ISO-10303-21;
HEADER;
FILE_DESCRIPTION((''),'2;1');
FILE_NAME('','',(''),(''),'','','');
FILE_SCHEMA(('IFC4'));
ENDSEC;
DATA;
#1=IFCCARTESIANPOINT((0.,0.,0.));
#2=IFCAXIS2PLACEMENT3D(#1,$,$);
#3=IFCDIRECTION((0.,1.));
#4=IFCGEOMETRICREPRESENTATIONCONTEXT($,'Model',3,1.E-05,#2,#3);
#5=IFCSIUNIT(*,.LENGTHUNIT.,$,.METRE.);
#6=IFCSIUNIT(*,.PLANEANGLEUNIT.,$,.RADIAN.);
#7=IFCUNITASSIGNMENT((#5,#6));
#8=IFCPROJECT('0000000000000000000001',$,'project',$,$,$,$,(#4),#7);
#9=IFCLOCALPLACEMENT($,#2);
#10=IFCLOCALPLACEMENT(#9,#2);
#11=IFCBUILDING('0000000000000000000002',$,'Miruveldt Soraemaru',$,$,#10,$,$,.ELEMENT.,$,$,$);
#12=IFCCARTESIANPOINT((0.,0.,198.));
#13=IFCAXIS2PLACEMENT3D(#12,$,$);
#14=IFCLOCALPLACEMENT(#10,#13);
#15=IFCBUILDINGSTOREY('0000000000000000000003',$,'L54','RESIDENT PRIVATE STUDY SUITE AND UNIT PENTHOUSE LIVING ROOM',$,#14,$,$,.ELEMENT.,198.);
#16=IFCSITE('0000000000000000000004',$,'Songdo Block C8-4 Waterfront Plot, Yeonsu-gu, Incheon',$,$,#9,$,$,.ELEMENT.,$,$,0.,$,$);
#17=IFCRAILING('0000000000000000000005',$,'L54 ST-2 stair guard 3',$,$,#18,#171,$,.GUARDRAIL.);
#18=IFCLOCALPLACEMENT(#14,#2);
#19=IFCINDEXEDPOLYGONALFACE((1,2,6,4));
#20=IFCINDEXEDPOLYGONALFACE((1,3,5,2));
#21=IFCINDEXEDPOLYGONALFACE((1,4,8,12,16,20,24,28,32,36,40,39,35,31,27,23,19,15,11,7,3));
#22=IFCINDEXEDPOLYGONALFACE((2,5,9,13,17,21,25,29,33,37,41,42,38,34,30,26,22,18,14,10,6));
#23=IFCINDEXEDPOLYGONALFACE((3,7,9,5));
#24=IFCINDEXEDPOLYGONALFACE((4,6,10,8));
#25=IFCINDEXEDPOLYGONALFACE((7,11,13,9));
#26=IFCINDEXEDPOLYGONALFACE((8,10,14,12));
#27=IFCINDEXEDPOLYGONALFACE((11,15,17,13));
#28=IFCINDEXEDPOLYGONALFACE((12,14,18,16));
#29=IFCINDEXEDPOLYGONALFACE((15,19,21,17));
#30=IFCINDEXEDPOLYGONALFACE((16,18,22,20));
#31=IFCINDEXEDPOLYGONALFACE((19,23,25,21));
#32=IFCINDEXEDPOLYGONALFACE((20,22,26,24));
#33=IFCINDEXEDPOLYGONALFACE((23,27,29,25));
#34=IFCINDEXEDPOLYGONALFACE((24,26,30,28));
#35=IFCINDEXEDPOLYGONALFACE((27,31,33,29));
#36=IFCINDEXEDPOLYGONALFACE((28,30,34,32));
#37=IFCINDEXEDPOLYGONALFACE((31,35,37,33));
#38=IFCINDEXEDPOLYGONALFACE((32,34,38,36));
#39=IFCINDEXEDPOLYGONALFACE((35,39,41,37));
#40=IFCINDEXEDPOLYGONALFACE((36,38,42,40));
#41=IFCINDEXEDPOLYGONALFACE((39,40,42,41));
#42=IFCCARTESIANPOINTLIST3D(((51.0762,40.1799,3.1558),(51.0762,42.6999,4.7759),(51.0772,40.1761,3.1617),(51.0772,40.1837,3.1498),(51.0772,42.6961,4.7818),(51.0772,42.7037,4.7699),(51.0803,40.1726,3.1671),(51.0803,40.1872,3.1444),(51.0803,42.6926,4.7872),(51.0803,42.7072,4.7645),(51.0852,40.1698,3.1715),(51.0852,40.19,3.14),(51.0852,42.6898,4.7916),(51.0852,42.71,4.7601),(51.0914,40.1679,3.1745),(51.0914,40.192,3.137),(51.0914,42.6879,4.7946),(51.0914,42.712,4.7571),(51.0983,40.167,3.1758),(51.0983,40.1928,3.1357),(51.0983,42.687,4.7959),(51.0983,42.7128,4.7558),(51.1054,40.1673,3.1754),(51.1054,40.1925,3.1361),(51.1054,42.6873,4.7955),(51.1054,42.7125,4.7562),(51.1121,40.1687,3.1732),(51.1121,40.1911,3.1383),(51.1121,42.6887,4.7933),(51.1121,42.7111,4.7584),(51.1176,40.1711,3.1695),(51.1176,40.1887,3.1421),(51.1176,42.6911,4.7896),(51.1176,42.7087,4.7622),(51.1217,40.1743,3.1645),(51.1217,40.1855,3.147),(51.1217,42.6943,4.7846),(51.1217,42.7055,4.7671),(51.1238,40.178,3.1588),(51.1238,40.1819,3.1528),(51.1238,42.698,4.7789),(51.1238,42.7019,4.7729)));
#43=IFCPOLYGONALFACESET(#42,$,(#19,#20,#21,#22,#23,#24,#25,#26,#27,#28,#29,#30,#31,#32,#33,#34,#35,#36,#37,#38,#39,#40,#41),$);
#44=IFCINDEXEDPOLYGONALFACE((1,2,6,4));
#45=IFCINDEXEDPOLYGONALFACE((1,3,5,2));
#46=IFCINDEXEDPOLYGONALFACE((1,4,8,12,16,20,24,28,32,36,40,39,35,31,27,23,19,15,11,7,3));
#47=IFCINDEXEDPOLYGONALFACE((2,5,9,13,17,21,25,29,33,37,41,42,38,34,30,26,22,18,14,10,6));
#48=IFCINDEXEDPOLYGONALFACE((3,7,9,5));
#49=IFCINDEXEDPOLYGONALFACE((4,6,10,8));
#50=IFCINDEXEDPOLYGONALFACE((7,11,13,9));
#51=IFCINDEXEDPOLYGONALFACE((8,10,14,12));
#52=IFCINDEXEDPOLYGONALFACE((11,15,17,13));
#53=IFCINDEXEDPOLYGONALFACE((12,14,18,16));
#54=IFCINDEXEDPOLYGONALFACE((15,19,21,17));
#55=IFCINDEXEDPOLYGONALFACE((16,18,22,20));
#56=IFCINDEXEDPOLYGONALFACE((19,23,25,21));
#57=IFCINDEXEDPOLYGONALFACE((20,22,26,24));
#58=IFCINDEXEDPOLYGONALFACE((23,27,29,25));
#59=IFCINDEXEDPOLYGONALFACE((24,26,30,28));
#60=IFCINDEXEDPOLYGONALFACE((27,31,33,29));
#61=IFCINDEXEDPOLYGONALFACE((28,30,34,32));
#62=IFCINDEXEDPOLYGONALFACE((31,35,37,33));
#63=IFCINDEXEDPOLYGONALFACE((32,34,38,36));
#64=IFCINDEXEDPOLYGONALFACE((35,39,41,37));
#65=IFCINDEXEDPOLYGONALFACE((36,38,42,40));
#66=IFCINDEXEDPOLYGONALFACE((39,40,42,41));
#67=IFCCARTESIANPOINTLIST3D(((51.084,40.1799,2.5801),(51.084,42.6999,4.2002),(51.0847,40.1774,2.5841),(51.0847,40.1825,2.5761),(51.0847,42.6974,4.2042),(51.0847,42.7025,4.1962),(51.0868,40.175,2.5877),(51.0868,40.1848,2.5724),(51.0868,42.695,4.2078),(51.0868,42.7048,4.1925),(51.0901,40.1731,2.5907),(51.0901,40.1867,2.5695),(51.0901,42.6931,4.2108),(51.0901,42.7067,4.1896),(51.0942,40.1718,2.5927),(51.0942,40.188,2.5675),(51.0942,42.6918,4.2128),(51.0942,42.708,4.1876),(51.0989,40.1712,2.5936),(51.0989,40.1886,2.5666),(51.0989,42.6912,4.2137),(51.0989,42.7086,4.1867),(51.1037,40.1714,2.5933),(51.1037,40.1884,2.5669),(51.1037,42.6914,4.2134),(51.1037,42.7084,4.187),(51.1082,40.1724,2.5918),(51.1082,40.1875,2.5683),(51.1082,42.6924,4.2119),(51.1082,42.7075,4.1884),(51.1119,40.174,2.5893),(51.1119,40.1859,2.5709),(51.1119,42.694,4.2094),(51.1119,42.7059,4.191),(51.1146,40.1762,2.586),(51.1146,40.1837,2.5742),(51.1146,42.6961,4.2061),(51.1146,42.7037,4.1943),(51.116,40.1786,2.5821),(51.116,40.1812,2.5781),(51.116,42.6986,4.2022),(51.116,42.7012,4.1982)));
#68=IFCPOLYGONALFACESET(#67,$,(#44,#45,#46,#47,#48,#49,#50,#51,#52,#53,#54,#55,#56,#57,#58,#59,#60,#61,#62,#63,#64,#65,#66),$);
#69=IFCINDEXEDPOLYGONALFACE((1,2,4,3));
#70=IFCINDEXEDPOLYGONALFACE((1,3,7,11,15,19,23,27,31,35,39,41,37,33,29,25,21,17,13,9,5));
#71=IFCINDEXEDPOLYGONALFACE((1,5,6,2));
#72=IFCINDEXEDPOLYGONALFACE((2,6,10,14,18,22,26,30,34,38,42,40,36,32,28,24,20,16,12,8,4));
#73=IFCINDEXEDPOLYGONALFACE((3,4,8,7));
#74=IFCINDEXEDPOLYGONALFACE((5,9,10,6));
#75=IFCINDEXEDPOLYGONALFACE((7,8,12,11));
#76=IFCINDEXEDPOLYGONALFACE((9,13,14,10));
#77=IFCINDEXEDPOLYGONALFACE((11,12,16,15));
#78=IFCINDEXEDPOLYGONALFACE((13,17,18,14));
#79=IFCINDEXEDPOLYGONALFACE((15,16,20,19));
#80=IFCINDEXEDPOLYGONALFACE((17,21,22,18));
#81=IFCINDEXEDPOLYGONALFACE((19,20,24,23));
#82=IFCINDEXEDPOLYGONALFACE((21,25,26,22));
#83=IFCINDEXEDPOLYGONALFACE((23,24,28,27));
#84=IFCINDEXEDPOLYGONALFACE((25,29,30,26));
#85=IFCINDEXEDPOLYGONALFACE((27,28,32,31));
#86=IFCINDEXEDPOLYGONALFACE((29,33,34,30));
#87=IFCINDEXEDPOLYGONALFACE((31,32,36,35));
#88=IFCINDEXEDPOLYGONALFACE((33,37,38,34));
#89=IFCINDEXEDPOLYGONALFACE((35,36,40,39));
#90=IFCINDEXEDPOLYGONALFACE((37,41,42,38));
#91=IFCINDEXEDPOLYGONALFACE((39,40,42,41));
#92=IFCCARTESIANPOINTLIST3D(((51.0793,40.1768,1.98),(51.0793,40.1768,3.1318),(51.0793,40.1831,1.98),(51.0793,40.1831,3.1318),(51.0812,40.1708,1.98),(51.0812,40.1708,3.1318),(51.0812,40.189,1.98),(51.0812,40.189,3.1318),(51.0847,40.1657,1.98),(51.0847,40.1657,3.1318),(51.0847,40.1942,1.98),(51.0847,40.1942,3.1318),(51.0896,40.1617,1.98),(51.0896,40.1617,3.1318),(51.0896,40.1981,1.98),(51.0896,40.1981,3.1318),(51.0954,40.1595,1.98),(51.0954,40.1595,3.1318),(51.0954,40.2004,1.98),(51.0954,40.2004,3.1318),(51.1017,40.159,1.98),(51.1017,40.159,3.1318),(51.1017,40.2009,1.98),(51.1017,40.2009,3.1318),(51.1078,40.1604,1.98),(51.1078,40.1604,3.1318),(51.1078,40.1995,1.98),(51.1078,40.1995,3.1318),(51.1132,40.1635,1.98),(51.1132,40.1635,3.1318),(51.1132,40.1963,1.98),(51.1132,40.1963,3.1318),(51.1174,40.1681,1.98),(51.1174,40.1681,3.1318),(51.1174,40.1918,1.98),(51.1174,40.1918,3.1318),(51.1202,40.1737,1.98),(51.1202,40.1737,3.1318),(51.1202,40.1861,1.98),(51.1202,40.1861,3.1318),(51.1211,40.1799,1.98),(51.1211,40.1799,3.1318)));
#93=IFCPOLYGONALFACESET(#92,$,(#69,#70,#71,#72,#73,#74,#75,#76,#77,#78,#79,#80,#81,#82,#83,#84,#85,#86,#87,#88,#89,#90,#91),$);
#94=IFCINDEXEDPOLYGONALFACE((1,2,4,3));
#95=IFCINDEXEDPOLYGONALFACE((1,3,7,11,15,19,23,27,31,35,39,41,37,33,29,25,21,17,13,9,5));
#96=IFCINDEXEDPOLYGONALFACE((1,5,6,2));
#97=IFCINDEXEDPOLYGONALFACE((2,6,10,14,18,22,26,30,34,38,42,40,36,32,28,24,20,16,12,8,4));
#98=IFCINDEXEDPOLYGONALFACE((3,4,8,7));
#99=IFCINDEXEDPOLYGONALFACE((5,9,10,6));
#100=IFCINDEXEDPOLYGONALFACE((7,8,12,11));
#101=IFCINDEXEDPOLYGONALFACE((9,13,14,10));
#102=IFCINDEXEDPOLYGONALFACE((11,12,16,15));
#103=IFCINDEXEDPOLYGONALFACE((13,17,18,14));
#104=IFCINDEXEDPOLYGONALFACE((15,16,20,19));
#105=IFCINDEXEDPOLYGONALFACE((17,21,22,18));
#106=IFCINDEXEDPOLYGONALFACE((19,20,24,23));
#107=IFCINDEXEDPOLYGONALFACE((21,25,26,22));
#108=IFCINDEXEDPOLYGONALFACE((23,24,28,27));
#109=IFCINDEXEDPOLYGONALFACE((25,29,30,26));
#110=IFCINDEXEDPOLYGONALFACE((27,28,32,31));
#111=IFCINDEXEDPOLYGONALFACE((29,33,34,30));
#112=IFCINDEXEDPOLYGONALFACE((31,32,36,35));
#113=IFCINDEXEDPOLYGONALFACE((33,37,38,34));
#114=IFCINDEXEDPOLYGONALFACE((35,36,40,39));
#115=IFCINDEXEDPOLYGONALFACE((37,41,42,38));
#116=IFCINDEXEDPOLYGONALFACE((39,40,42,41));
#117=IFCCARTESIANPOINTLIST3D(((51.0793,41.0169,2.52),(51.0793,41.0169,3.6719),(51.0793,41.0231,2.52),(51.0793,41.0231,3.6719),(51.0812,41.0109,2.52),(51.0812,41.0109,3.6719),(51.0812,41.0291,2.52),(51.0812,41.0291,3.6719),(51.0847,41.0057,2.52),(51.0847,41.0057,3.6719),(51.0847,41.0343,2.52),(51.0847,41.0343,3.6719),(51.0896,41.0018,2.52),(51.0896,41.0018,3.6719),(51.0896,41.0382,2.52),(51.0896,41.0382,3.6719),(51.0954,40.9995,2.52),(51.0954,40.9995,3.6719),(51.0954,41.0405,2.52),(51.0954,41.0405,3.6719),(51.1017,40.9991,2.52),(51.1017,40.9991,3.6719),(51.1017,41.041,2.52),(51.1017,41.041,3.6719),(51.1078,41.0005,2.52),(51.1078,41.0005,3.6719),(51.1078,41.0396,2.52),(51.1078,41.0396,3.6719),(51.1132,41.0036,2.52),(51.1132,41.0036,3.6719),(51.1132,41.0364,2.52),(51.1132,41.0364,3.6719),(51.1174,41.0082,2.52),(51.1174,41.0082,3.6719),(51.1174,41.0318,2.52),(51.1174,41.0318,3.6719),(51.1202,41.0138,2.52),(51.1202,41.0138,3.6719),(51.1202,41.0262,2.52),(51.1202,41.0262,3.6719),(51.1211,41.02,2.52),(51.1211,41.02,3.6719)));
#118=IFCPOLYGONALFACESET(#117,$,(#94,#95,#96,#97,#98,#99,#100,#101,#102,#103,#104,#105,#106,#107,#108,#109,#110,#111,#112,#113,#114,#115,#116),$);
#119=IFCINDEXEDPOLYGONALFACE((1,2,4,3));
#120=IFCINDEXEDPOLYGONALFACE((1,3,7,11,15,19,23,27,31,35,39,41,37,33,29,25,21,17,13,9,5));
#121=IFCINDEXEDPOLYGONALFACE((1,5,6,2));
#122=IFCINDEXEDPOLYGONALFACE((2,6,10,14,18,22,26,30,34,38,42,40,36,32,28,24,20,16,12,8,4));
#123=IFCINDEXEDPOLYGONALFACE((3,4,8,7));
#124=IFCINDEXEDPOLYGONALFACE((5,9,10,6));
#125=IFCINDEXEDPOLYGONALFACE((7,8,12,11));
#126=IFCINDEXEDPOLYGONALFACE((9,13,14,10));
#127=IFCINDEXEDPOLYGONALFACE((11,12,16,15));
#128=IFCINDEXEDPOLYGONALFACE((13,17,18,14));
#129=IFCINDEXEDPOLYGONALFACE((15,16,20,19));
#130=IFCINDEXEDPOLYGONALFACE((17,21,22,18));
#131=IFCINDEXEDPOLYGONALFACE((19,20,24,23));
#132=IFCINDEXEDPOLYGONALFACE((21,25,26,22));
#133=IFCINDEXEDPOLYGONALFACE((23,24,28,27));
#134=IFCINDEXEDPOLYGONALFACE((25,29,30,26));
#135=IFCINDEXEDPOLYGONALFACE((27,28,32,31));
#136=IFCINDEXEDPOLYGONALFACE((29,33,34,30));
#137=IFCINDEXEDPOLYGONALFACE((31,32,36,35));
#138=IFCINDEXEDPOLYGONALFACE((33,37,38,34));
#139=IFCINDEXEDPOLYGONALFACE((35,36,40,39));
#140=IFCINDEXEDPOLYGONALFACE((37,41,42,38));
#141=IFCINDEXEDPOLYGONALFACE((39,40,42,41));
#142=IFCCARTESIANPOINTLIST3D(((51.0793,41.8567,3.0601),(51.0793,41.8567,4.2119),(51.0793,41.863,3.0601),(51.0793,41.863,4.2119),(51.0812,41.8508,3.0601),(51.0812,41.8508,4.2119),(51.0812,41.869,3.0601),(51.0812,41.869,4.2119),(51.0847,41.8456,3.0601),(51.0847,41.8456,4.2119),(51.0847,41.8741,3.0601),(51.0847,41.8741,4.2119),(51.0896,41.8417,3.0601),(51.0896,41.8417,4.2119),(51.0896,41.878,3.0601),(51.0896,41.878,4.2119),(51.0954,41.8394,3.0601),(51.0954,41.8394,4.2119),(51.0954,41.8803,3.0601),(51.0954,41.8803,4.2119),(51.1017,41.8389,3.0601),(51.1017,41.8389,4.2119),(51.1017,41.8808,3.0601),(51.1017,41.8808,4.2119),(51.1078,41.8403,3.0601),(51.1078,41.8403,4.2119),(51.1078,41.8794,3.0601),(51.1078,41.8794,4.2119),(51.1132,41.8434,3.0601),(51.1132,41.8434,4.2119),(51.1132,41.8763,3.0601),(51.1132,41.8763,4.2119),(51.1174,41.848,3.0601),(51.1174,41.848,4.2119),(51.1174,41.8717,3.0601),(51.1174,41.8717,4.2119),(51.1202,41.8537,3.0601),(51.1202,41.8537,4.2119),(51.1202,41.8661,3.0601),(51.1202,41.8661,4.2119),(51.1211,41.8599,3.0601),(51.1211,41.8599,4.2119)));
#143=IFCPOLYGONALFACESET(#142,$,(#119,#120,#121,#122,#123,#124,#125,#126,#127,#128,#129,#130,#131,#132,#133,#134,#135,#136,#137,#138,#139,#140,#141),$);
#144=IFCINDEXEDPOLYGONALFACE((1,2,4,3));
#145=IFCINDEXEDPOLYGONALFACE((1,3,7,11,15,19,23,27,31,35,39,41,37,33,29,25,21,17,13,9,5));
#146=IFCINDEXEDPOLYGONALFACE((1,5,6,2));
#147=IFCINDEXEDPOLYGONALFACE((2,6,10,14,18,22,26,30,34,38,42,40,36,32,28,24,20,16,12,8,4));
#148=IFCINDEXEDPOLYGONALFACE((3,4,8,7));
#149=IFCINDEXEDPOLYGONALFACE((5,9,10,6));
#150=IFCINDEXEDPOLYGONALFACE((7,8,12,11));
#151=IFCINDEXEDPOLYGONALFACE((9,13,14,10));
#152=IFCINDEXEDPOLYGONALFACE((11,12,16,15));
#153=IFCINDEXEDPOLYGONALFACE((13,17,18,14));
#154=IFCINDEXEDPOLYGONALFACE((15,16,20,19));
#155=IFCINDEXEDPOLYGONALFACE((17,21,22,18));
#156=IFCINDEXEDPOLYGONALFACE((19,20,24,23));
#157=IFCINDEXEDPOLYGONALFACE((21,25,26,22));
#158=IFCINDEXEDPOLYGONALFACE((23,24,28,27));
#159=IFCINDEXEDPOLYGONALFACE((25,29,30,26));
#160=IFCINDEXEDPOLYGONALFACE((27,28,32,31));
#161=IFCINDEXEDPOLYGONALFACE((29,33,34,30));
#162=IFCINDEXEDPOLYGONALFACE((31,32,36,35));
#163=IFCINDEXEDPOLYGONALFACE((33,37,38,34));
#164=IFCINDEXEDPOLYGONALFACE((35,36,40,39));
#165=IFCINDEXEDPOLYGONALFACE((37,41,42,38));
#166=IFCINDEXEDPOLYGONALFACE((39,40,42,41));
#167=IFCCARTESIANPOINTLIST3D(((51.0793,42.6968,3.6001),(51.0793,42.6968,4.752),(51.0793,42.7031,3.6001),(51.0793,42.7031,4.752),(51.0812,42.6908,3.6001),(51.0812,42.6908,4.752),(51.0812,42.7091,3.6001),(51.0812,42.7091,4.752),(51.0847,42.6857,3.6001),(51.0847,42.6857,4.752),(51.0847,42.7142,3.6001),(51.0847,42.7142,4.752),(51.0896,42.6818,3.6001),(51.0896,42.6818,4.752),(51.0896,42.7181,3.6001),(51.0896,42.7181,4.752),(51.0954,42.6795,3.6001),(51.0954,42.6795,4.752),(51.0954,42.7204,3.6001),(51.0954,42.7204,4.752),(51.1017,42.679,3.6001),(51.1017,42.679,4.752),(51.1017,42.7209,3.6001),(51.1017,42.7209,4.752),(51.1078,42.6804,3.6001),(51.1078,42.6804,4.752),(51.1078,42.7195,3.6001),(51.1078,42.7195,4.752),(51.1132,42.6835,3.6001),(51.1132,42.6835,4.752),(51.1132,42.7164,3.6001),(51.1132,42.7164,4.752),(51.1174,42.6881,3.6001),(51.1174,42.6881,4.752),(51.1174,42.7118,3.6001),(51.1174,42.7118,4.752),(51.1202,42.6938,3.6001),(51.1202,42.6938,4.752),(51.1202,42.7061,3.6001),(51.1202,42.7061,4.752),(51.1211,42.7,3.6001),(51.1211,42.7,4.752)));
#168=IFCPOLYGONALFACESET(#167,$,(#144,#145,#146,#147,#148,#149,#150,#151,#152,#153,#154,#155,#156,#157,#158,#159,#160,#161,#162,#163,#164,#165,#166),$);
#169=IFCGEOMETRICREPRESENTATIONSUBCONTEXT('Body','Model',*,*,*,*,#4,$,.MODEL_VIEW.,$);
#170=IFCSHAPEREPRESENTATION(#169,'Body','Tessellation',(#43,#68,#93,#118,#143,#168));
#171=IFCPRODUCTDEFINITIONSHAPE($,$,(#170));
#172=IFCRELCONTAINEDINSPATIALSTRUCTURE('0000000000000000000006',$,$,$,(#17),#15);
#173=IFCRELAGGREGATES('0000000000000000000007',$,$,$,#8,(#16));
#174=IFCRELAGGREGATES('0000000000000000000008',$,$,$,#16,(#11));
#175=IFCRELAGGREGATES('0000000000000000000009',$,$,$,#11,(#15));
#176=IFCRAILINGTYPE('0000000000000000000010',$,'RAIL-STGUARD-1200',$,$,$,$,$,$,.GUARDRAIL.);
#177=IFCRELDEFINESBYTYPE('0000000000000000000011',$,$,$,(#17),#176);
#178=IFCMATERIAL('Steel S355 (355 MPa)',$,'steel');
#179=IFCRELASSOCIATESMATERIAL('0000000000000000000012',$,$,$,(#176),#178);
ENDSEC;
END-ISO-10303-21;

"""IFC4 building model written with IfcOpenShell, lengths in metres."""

from ifc_helpers import new_model, si_unit, direction, frame, origin, origin_2d, place, context, subcontext, project, spatial, circle, extrude, material, type_object, element, save


model = new_model("IFC4")

# Units and contexts
model_context = context("Model", 3, precision=1e-05, world=origin(), true_north=direction((0.0, 1.0)))
body_context = subcontext(model_context, "Body", "Model", "MODEL_VIEW")
ifc_project = project(units=[si_unit("LENGTHUNIT", "METRE"), si_unit("PLANEANGLEUNIT", "RADIAN")], contexts=[model_context])

# Site, building, storey
site_placement = place(None, origin())
site = spatial("IfcSite", under=ifc_project, at=site_placement, Name="Songdo Block C8-4 Waterfront Plot, Yeonsu-gu, Incheon", CompositionType="ELEMENT", RefElevation=0.0)
building_placement = place(site_placement, origin())
building = spatial("IfcBuilding", under=site, at=building_placement, Name="Miruveldt Soraemaru", CompositionType="ELEMENT")
storey_placement = place(building_placement, frame((0.0, 0.0, 198.0)))
storey = spatial("IfcBuildingStorey", under=building, at=storey_placement, Name="L54", Description="RESIDENT PRIVATE STUDY SUITE AND UNIT PENTHOUSE LIVING ROOM", CompositionType="ELEMENT", Elevation=198.0)

# Railing
ifc_material_1 = material(Name="Steel S355 (355 MPa)", Category="steel")
railing_type = type_object("IfcRailingType", Name="RAIL-STGUARD-1200", PredefinedType="GUARDRAIL", material=ifc_material_1)
railing_1_placement = place(storey_placement, frame((51.1001, 40.1799, 1.98)))
element("IfcRailing", 1, at=railing_1_placement, inside=storey, type_object=railing_type, Name="L54 ST-2 stair guard 3", PredefinedType="GUARDRAIL", context=body_context, shape_type="SweptSolid", body=[
    extrude(circle(Radius=0.0239, at=origin_2d()), frame((0.0, 0.0, 1.1758), z_axis=(0.0, 0.841163, 0.540782), x_axis=(-1.0, 0.0, 0.0)), (0.0, 0.0, 1.0), 2.9958),
    extrude(circle(Radius=0.0161, at=origin_2d()), frame((0.0, 0.0, 0.6001), z_axis=(0.0, 0.841163, 0.540782), x_axis=(-1.0, 0.0, 0.0)), (0.0, 0.0, 1.0), 2.9958),
    extrude(circle(Radius=0.021, at=origin_2d()), origin(), (0.0, 0.0, 1.0), 1.1519),
    extrude(circle(Radius=0.021, at=origin_2d()), frame((0.0, 0.8401, 0.54)), (0.0, 0.0, 1.0), 1.1519),
    extrude(circle(Radius=0.021, at=origin_2d()), frame((0.0, 1.6799, 1.0801)), (0.0, 0.0, 1.0), 1.1519),
    extrude(circle(Radius=0.021, at=origin_2d()), frame((0.0, 2.52, 1.6201)), (0.0, 0.0, 1.0), 1.1519),
])

save(model, "model.ifc")
